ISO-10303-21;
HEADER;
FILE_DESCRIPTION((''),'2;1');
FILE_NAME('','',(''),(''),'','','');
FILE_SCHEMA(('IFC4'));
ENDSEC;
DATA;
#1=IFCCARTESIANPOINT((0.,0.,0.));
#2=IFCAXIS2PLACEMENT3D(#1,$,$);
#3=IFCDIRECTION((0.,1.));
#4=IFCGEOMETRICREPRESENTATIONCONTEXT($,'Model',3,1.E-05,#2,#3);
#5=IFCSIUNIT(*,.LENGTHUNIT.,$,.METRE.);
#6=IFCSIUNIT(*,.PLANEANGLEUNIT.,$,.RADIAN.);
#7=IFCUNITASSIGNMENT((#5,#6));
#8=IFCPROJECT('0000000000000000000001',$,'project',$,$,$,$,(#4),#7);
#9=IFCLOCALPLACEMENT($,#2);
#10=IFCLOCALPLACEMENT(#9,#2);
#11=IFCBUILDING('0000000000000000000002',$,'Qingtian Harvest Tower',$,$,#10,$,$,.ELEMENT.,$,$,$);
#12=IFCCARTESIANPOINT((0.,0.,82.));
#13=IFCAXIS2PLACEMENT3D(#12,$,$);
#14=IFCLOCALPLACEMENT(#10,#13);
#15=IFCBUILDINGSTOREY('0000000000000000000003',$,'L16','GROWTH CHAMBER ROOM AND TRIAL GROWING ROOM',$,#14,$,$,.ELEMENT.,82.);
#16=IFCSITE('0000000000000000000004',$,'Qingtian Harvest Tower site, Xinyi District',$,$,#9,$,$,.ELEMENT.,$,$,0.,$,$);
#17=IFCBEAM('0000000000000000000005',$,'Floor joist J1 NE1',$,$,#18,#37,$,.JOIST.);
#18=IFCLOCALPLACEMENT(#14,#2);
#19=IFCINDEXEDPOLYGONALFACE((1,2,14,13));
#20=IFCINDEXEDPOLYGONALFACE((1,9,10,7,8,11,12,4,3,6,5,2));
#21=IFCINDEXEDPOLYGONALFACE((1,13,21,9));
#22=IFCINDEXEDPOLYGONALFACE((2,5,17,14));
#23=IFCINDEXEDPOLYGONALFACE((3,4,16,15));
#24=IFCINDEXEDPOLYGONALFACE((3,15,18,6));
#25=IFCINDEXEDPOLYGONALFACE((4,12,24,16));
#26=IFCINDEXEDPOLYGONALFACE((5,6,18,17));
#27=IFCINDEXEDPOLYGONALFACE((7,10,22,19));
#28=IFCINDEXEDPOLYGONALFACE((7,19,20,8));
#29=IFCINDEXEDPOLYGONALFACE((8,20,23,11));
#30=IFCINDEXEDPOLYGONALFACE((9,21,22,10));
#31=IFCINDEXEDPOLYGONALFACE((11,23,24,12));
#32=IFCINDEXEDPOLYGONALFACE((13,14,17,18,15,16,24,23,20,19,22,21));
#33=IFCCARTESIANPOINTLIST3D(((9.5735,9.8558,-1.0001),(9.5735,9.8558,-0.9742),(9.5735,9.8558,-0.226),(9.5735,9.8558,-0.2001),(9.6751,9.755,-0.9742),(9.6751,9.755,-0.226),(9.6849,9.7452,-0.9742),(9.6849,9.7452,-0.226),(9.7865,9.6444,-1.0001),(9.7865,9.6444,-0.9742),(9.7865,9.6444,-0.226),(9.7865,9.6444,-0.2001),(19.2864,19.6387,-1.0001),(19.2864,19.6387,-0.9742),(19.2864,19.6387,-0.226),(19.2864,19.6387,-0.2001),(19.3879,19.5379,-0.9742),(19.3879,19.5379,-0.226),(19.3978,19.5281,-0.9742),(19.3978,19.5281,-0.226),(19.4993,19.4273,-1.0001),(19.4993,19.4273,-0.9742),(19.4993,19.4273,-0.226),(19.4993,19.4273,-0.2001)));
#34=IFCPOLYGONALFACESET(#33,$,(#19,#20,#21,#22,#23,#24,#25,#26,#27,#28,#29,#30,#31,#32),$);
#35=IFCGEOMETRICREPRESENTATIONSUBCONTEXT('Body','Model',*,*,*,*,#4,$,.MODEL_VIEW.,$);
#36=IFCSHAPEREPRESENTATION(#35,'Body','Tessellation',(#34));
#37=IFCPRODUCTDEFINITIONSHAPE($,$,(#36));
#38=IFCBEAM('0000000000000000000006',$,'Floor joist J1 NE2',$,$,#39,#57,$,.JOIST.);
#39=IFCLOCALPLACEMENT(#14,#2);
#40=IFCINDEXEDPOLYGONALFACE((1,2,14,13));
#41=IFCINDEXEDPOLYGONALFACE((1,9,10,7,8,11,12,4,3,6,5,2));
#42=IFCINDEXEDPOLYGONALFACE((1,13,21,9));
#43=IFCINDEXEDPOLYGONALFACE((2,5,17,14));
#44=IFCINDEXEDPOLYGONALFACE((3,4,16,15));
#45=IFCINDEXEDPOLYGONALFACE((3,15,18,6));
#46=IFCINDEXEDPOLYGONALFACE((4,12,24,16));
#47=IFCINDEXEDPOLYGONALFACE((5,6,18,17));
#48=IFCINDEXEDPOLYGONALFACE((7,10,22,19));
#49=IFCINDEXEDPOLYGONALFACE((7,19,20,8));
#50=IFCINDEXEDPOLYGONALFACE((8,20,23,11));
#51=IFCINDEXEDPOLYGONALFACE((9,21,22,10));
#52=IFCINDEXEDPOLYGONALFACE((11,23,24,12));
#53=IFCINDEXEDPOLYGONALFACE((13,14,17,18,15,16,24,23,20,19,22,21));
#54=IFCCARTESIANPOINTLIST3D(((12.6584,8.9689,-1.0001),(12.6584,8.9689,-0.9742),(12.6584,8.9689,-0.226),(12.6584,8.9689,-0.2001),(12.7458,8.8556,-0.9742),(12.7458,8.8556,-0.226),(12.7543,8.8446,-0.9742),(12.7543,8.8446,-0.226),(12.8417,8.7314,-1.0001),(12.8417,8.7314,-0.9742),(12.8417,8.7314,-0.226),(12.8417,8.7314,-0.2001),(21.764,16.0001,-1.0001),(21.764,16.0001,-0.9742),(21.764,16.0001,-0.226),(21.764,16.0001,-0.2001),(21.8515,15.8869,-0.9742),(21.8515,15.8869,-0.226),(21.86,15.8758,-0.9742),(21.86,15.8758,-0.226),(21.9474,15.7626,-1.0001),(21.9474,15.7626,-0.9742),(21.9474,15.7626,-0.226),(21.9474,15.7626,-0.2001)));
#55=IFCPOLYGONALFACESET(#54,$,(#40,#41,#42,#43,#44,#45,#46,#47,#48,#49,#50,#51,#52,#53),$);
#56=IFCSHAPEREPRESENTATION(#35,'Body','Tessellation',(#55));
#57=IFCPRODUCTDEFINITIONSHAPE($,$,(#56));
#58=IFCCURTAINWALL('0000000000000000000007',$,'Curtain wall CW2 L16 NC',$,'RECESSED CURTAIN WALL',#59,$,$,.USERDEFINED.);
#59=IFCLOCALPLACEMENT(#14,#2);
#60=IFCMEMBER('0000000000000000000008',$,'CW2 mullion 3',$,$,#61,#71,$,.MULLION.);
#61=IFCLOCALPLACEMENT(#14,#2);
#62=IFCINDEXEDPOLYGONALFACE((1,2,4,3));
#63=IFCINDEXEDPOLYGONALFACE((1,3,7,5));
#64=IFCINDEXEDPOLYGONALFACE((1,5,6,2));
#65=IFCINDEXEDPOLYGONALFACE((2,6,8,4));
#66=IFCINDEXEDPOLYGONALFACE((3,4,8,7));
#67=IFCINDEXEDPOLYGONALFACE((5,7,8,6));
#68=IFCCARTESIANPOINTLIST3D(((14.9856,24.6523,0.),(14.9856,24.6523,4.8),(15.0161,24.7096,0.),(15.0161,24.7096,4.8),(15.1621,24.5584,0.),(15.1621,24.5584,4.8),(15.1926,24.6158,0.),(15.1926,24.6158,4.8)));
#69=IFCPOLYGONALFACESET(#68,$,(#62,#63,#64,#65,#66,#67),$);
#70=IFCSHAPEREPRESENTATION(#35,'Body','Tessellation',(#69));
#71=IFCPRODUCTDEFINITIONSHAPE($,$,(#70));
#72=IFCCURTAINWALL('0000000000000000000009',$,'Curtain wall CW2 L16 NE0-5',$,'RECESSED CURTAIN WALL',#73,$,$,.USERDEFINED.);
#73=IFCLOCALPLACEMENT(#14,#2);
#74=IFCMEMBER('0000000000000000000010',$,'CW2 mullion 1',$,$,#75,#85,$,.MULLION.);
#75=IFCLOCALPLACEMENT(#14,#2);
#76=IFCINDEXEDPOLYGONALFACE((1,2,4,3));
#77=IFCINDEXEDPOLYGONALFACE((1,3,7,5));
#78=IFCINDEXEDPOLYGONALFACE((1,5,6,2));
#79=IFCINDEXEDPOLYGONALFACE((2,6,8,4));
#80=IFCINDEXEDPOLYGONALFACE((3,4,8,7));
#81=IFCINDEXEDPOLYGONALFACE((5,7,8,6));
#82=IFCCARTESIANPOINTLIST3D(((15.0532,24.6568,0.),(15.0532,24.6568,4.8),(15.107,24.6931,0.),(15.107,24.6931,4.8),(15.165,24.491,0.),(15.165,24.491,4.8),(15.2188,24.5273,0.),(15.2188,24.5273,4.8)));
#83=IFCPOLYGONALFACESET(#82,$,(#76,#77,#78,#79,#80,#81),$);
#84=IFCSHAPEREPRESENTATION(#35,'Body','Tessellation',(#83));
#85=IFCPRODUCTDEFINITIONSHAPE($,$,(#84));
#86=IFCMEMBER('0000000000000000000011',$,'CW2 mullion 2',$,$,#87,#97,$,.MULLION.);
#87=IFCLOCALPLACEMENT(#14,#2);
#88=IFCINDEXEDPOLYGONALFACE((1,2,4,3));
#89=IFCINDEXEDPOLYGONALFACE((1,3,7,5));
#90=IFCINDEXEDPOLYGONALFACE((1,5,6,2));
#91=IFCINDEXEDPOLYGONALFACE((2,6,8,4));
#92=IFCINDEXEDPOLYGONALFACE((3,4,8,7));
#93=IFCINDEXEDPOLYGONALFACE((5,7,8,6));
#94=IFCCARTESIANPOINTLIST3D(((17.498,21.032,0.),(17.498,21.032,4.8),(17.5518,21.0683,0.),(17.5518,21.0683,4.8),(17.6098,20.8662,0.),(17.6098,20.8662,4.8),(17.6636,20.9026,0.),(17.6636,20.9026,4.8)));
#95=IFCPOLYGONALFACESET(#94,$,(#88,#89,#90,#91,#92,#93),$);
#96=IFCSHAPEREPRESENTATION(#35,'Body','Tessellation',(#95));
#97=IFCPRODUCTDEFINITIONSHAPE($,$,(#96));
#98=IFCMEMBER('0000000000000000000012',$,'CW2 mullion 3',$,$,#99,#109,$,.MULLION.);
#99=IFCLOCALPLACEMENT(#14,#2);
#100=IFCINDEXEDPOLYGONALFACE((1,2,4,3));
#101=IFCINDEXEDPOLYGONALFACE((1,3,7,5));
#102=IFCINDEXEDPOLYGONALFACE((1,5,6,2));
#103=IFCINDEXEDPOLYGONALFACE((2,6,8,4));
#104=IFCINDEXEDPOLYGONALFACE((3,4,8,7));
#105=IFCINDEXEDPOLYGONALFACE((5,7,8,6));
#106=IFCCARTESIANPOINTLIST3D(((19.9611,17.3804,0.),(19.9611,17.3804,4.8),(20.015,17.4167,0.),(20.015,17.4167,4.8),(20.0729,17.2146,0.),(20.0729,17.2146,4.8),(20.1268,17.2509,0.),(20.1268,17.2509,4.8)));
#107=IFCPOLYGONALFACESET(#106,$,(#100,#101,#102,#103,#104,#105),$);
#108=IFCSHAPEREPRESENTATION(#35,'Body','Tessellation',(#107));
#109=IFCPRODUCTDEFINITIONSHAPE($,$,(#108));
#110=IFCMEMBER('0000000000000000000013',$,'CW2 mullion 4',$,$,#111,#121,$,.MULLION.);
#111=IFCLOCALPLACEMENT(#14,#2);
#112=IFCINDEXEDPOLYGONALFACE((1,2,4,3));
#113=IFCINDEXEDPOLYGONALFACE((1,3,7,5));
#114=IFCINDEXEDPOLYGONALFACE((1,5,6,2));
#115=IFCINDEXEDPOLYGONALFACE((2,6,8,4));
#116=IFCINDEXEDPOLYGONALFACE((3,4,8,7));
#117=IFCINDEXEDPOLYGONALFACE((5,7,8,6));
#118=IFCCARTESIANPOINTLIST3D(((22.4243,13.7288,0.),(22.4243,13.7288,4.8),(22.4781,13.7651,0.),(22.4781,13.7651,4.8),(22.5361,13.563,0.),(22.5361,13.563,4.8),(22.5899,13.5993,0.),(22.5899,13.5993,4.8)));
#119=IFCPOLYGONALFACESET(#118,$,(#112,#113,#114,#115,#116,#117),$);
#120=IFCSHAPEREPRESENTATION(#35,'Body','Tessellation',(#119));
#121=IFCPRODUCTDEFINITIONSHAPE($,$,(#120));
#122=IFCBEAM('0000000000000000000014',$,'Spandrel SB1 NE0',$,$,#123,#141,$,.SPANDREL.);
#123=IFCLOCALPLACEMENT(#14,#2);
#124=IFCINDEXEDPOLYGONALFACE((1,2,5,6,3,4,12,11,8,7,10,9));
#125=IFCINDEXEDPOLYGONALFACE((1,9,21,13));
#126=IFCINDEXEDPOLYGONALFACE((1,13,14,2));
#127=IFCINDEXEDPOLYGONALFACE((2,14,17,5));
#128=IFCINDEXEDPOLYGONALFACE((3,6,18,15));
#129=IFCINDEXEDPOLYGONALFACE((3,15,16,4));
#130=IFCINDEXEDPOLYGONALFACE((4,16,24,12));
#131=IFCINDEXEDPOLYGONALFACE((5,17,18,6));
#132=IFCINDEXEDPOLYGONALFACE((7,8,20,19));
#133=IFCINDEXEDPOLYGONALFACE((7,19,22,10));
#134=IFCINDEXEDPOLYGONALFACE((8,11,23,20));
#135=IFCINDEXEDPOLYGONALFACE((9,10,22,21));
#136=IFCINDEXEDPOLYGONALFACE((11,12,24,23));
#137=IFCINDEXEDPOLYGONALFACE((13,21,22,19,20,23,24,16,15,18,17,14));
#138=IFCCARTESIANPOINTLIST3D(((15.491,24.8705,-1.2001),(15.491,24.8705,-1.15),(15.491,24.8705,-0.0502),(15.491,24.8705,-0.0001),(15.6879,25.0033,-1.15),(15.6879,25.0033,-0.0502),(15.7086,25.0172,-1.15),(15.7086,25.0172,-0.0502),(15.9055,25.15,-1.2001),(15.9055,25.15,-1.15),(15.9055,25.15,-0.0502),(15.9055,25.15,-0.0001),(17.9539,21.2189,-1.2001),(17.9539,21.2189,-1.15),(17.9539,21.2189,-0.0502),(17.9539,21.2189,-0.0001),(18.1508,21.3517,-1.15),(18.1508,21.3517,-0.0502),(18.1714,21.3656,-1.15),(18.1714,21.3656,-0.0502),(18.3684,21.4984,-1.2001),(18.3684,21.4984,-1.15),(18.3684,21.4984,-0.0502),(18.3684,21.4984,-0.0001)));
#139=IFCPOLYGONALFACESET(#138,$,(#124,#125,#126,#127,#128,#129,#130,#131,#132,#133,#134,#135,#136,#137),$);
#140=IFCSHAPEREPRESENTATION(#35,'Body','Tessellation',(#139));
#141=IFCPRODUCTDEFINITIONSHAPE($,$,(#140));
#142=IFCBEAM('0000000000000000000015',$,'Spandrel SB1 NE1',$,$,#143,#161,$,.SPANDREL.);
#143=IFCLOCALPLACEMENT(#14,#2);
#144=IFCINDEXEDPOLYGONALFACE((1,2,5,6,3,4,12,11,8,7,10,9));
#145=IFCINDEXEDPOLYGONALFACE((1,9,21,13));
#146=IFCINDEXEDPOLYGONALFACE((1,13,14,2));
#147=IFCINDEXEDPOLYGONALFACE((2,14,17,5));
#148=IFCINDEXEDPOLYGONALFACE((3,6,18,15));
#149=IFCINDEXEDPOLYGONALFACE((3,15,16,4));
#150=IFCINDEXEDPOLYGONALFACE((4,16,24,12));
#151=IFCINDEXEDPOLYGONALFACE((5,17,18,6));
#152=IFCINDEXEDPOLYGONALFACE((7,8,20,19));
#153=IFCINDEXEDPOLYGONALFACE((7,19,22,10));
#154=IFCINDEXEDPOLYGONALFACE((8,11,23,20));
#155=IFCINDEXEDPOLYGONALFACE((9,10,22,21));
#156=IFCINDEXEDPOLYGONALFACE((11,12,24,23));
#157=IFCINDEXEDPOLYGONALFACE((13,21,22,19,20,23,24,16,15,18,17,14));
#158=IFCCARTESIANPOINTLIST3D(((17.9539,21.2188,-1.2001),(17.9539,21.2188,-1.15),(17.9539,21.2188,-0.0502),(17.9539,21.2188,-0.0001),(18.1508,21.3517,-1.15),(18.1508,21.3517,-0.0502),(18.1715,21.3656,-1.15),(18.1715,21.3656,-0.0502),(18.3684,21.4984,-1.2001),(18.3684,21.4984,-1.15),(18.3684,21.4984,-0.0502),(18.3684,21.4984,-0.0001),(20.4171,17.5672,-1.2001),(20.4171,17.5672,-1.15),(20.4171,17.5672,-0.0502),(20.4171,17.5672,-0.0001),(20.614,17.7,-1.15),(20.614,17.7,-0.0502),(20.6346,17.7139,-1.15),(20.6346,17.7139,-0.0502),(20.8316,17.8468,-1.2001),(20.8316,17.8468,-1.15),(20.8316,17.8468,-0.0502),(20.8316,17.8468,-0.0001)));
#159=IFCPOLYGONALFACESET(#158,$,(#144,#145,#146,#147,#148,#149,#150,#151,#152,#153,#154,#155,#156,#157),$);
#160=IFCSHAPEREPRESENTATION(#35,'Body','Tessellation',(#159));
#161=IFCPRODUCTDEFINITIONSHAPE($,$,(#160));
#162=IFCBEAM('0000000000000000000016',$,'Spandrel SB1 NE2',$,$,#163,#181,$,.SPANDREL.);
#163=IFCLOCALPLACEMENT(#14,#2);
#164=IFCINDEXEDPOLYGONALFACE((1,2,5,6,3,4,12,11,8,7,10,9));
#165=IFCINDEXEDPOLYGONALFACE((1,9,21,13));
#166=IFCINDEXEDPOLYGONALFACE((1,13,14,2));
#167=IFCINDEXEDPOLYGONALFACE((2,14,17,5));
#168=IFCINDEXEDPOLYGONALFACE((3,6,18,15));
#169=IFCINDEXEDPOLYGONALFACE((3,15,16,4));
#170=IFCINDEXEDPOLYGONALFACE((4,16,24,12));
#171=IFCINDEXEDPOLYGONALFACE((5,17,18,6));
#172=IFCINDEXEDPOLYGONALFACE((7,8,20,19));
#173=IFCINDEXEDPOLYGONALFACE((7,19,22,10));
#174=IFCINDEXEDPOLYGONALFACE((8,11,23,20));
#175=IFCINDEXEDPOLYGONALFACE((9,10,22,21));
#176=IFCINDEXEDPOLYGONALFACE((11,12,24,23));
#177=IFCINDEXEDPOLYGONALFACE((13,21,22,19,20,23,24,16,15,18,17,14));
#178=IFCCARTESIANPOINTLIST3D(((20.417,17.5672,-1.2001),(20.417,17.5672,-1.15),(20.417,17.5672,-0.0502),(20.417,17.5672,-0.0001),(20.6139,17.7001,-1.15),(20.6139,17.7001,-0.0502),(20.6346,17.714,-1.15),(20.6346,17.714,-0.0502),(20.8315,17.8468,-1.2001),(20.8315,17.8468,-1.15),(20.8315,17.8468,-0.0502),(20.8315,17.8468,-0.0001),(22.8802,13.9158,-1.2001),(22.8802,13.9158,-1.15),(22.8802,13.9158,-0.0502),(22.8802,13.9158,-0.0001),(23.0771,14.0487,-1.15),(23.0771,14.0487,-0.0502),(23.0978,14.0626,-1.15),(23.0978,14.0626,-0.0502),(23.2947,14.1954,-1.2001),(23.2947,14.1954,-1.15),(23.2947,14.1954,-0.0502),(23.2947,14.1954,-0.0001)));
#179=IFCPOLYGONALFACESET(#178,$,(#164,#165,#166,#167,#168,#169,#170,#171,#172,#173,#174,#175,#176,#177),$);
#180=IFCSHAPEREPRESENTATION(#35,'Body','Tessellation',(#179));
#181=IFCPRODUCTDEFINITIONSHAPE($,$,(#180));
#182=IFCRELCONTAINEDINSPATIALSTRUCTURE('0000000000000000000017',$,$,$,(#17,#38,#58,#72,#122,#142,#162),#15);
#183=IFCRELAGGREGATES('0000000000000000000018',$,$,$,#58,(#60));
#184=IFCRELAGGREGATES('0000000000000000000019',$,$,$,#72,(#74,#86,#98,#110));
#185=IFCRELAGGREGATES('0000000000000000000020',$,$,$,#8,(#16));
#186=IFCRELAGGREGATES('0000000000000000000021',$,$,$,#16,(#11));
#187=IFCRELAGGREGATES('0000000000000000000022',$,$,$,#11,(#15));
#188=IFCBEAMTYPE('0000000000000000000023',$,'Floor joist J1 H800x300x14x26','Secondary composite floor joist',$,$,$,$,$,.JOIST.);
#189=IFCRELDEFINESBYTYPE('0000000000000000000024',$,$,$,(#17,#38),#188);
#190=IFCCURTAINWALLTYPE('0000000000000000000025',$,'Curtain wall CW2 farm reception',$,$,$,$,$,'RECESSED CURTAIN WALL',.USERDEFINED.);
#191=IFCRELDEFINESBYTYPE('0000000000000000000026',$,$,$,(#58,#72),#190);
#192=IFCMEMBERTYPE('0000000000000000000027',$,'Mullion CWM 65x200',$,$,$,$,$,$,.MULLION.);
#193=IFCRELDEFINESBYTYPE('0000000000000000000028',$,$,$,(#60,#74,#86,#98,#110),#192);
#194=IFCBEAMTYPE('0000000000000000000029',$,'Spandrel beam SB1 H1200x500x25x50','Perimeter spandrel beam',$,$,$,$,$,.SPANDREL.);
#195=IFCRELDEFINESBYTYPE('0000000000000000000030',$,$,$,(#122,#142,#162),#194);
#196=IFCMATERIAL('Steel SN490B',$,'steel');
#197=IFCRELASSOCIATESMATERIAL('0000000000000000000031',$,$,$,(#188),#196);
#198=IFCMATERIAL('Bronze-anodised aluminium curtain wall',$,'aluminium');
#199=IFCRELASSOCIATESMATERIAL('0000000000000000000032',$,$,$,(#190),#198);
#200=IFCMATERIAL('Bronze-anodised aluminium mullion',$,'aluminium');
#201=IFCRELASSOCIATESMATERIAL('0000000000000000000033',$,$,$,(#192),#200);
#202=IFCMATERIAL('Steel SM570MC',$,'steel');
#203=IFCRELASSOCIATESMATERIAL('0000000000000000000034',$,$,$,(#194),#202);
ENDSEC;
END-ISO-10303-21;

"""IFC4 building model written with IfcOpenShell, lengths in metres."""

from ifc_helpers import new_model, si_unit, direction, frame, origin, origin_2d, place, context, subcontext, project, spatial, rectangle, i_section, extrude, material, material_profile, profile_set, type_object, element, aggregate, save


model = new_model("IFC4")

# Units and contexts
model_context = context("Model", 3, precision=1e-05, world=origin(), true_north=direction((0.0, 1.0)))
body_context = subcontext(model_context, "Body", "Model", "MODEL_VIEW")
ifc_project = project(units=[si_unit("LENGTHUNIT", "METRE"), si_unit("PLANEANGLEUNIT", "RADIAN")], contexts=[model_context])

# Site, building, storey
site_placement = place(None, origin())
site = spatial("IfcSite", under=ifc_project, at=site_placement, Name="Qingtian Harvest Tower site, Xinyi District", CompositionType="ELEMENT", RefElevation=0.0)
building_placement = place(site_placement, origin())
building = spatial("IfcBuilding", under=site, at=building_placement, Name="Qingtian Harvest Tower", CompositionType="ELEMENT")
storey_placement = place(building_placement, frame((0.0, 0.0, 82.0)))
storey = spatial("IfcBuildingStorey", under=building, at=storey_placement, Name="L16", Description="GROWTH CHAMBER ROOM AND TRIAL GROWING ROOM", CompositionType="ELEMENT", Elevation=82.0)

# Beams
ifc_material_1 = material(Name="Steel SN490B", Category="steel")
ifc_material_profile_1 = material_profile(ifc_material_1, i_section(OverallWidth=0.3, OverallDepth=0.8, WebThickness=0.0139, FlangeThickness=0.0259, at=origin_2d()), Name="H800x300x14x26")
ifc_profile_set_1 = profile_set([ifc_material_profile_1], Name="Steel SN490B")
beam_type_1 = type_object("IfcBeamType", Name="Floor joist J1 H800x300x14x26", Description="Secondary composite floor joist", PredefinedType="JOIST", material=ifc_profile_set_1)
beam_1_placement = place(storey_placement, frame((19.3928, 19.533, -0.6001), z_axis=(-0.704561, -0.709644, 0.0), x_axis=(0.709644, -0.704561, 0.0)))
element("IfcBeam", 1, at=beam_1_placement, inside=storey, type_object=beam_type_1, Name="Floor joist J1 NE1", PredefinedType="JOIST", context=body_context, shape_type="SweptSolid", body=[
    extrude(i_section(OverallWidth=0.3, OverallDepth=0.8, WebThickness=0.0139, FlangeThickness=0.0259, at=origin_2d()), origin(), (0.0, 0.0, 1.0), 13.7856),
])
beam_2_placement = place(storey_placement, frame((21.8557, 15.8813, -0.6001), z_axis=(-0.791495, -0.611176, 0.0), x_axis=(0.611176, -0.791495, 0.0)))
element("IfcBeam", 2, at=beam_2_placement, inside=storey, type_object=beam_type_1, Name="Floor joist J1 NE2", PredefinedType="JOIST", context=body_context, shape_type="SweptSolid", body=[
    extrude(i_section(OverallWidth=0.3, OverallDepth=0.8, WebThickness=0.0139, FlangeThickness=0.0259, at=origin_2d()), origin(), (0.0, 0.0, 1.0), 11.5044),
])

# Curtain wall, member
ifc_material_2 = material(Name="Bronze-anodised aluminium curtain wall", Category="aluminium")
curtain_wall_type = type_object("IfcCurtainWallType", Name="Curtain wall CW2 farm reception", ElementType="RECESSED CURTAIN WALL", PredefinedType="USERDEFINED", material=ifc_material_2)
curtain_wall_1_placement = place(storey_placement, origin())
curtain_wall_1 = element("IfcCurtainWall", 3, at=curtain_wall_1_placement, inside=storey, type_object=curtain_wall_type, Name="Curtain wall CW2 L16 NC", ObjectType="RECESSED CURTAIN WALL", PredefinedType="USERDEFINED")
ifc_material_3 = material(Name="Bronze-anodised aluminium mullion", Category="aluminium")
ifc_material_profile_2 = material_profile(ifc_material_3, rectangle(XDim=0.0649, YDim=0.2, at=origin_2d()), Name="AL 65x200")
ifc_profile_set_2 = profile_set([ifc_material_profile_2], Name="Bronze-anodised aluminium mullion")
member_type_1 = type_object("IfcMemberType", Name="Mullion CWM 65x200", PredefinedType="MULLION", material=ifc_profile_set_2)
member_1_placement = place(storey_placement, frame((15.0891, 24.634, 0.0), z_axis=(0.0, 0.0, 1.0), x_axis=(0.469472, 0.882948, 0.0)))
member_1 = element("IfcMember", 4, at=member_1_placement, type_object=member_type_1, Name="CW2 mullion 3", PredefinedType="MULLION", context=body_context, shape_type="SweptSolid", body=[
    extrude(rectangle(XDim=0.0649, YDim=0.2, at=origin_2d()), origin(), (0.0, 0.0, 1.0), 4.8),
])
aggregate(curtain_wall_1, [member_1])

# Curtain wall, members
curtain_wall_2_placement = place(storey_placement, origin())
curtain_wall_2 = element("IfcCurtainWall", 5, at=curtain_wall_2_placement, inside=storey, type_object=curtain_wall_type, Name="Curtain wall CW2 L16 NE0-5", ObjectType="RECESSED CURTAIN WALL", PredefinedType="USERDEFINED")
member_2_placement = place(storey_placement, frame((15.136, 24.592, 0.0), z_axis=(0.0, 0.0, 1.0), x_axis=(0.829038, 0.559193, 0.0)))
member_2 = element("IfcMember", 6, at=member_2_placement, type_object=member_type_1, Name="CW2 mullion 1", PredefinedType="MULLION", context=body_context, shape_type="SweptSolid", body=[
    extrude(rectangle(XDim=0.0649, YDim=0.2, at=origin_2d()), origin(), (0.0, 0.0, 1.0), 4.8),
])
member_3_placement = place(storey_placement, frame((17.5808, 20.9673, 0.0), z_axis=(0.0, 0.0, 1.0), x_axis=(0.829038, 0.559193, 0.0)))
member_3 = element("IfcMember", 7, at=member_3_placement, type_object=member_type_1, Name="CW2 mullion 2", PredefinedType="MULLION", context=body_context, shape_type="SweptSolid", body=[
    extrude(rectangle(XDim=0.0649, YDim=0.2, at=origin_2d()), origin(), (0.0, 0.0, 1.0), 4.8),
])
member_4_placement = place(storey_placement, frame((20.0439, 17.3157, 0.0), z_axis=(0.0, 0.0, 1.0), x_axis=(0.829038, 0.559193, 0.0)))
member_4 = element("IfcMember", 8, at=member_4_placement, type_object=member_type_1, Name="CW2 mullion 3", PredefinedType="MULLION", context=body_context, shape_type="SweptSolid", body=[
    extrude(rectangle(XDim=0.0649, YDim=0.2, at=origin_2d()), origin(), (0.0, 0.0, 1.0), 4.8),
])
member_5_placement = place(storey_placement, frame((22.5071, 13.6641, 0.0), z_axis=(0.0, 0.0, 1.0), x_axis=(0.829038, 0.559193, 0.0)))
member_5 = element("IfcMember", 9, at=member_5_placement, type_object=member_type_1, Name="CW2 mullion 4", PredefinedType="MULLION", context=body_context, shape_type="SweptSolid", body=[
    extrude(rectangle(XDim=0.0649, YDim=0.2, at=origin_2d()), origin(), (0.0, 0.0, 1.0), 4.8),
])

# Beams
ifc_material_4 = material(Name="Steel SM570MC", Category="steel")
ifc_material_profile_3 = material_profile(ifc_material_4, i_section(OverallWidth=0.5, OverallDepth=1.2, WebThickness=0.0249, FlangeThickness=0.05, at=origin_2d()), Name="H1200x500x25x50")
ifc_profile_set_3 = profile_set([ifc_material_profile_3], Name="Steel SM570MC")
beam_type_2 = type_object("IfcBeamType", Name="Spandrel beam SB1 H1200x500x25x50", Description="Perimeter spandrel beam", PredefinedType="SPANDREL", material=ifc_profile_set_3)
beam_3_placement = place(storey_placement, frame((15.6982, 25.0103, -0.6001), z_axis=(0.559169, -0.829054, 0.0), x_axis=(0.829054, 0.559169, 0.0)))
element("IfcBeam", 10, at=beam_3_placement, inside=storey, type_object=beam_type_2, Name="Spandrel SB1 NE0", PredefinedType="SPANDREL", context=body_context, shape_type="SweptSolid", body=[
    extrude(i_section(OverallWidth=0.5, OverallDepth=1.2, WebThickness=0.0249, FlangeThickness=0.05, at=origin_2d()), origin(), (0.0, 0.0, 1.0), 4.4045),
])
beam_4_placement = place(storey_placement, frame((18.1611, 21.3586, -0.6001), z_axis=(0.559207, -0.829028, 0.0), x_axis=(0.829028, 0.559207, 0.0)))
element("IfcBeam", 11, at=beam_4_placement, inside=storey, type_object=beam_type_2, Name="Spandrel SB1 NE1", PredefinedType="SPANDREL", context=body_context, shape_type="SweptSolid", body=[
    extrude(i_section(OverallWidth=0.5, OverallDepth=1.2, WebThickness=0.0249, FlangeThickness=0.05, at=origin_2d()), origin(), (0.0, 0.0, 1.0), 4.4048),
])
for number, where, z_axis, x_axis, name in (
    (12, (20.6243, 17.707, -0.6001), (0.559233, -0.829011, 0.0), (0.829011, 0.559233, 0.0), "Spandrel SB1 NE2"),
):
    element("IfcBeam", number, at=place(storey_placement, frame(where, z_axis=z_axis, x_axis=x_axis)), inside=storey, type_object=beam_type_2, Name=name, PredefinedType="SPANDREL", context=body_context, shape_type="SweptSolid", body=[
        extrude(i_section(OverallWidth=0.5, OverallDepth=1.2, WebThickness=0.0249, FlangeThickness=0.05, at=origin_2d()), origin(), (0.0, 0.0, 1.0), 4.4045),
    ])

aggregate(curtain_wall_2, [member_2, member_3, member_4, member_5])

save(model, "model.ifc")
